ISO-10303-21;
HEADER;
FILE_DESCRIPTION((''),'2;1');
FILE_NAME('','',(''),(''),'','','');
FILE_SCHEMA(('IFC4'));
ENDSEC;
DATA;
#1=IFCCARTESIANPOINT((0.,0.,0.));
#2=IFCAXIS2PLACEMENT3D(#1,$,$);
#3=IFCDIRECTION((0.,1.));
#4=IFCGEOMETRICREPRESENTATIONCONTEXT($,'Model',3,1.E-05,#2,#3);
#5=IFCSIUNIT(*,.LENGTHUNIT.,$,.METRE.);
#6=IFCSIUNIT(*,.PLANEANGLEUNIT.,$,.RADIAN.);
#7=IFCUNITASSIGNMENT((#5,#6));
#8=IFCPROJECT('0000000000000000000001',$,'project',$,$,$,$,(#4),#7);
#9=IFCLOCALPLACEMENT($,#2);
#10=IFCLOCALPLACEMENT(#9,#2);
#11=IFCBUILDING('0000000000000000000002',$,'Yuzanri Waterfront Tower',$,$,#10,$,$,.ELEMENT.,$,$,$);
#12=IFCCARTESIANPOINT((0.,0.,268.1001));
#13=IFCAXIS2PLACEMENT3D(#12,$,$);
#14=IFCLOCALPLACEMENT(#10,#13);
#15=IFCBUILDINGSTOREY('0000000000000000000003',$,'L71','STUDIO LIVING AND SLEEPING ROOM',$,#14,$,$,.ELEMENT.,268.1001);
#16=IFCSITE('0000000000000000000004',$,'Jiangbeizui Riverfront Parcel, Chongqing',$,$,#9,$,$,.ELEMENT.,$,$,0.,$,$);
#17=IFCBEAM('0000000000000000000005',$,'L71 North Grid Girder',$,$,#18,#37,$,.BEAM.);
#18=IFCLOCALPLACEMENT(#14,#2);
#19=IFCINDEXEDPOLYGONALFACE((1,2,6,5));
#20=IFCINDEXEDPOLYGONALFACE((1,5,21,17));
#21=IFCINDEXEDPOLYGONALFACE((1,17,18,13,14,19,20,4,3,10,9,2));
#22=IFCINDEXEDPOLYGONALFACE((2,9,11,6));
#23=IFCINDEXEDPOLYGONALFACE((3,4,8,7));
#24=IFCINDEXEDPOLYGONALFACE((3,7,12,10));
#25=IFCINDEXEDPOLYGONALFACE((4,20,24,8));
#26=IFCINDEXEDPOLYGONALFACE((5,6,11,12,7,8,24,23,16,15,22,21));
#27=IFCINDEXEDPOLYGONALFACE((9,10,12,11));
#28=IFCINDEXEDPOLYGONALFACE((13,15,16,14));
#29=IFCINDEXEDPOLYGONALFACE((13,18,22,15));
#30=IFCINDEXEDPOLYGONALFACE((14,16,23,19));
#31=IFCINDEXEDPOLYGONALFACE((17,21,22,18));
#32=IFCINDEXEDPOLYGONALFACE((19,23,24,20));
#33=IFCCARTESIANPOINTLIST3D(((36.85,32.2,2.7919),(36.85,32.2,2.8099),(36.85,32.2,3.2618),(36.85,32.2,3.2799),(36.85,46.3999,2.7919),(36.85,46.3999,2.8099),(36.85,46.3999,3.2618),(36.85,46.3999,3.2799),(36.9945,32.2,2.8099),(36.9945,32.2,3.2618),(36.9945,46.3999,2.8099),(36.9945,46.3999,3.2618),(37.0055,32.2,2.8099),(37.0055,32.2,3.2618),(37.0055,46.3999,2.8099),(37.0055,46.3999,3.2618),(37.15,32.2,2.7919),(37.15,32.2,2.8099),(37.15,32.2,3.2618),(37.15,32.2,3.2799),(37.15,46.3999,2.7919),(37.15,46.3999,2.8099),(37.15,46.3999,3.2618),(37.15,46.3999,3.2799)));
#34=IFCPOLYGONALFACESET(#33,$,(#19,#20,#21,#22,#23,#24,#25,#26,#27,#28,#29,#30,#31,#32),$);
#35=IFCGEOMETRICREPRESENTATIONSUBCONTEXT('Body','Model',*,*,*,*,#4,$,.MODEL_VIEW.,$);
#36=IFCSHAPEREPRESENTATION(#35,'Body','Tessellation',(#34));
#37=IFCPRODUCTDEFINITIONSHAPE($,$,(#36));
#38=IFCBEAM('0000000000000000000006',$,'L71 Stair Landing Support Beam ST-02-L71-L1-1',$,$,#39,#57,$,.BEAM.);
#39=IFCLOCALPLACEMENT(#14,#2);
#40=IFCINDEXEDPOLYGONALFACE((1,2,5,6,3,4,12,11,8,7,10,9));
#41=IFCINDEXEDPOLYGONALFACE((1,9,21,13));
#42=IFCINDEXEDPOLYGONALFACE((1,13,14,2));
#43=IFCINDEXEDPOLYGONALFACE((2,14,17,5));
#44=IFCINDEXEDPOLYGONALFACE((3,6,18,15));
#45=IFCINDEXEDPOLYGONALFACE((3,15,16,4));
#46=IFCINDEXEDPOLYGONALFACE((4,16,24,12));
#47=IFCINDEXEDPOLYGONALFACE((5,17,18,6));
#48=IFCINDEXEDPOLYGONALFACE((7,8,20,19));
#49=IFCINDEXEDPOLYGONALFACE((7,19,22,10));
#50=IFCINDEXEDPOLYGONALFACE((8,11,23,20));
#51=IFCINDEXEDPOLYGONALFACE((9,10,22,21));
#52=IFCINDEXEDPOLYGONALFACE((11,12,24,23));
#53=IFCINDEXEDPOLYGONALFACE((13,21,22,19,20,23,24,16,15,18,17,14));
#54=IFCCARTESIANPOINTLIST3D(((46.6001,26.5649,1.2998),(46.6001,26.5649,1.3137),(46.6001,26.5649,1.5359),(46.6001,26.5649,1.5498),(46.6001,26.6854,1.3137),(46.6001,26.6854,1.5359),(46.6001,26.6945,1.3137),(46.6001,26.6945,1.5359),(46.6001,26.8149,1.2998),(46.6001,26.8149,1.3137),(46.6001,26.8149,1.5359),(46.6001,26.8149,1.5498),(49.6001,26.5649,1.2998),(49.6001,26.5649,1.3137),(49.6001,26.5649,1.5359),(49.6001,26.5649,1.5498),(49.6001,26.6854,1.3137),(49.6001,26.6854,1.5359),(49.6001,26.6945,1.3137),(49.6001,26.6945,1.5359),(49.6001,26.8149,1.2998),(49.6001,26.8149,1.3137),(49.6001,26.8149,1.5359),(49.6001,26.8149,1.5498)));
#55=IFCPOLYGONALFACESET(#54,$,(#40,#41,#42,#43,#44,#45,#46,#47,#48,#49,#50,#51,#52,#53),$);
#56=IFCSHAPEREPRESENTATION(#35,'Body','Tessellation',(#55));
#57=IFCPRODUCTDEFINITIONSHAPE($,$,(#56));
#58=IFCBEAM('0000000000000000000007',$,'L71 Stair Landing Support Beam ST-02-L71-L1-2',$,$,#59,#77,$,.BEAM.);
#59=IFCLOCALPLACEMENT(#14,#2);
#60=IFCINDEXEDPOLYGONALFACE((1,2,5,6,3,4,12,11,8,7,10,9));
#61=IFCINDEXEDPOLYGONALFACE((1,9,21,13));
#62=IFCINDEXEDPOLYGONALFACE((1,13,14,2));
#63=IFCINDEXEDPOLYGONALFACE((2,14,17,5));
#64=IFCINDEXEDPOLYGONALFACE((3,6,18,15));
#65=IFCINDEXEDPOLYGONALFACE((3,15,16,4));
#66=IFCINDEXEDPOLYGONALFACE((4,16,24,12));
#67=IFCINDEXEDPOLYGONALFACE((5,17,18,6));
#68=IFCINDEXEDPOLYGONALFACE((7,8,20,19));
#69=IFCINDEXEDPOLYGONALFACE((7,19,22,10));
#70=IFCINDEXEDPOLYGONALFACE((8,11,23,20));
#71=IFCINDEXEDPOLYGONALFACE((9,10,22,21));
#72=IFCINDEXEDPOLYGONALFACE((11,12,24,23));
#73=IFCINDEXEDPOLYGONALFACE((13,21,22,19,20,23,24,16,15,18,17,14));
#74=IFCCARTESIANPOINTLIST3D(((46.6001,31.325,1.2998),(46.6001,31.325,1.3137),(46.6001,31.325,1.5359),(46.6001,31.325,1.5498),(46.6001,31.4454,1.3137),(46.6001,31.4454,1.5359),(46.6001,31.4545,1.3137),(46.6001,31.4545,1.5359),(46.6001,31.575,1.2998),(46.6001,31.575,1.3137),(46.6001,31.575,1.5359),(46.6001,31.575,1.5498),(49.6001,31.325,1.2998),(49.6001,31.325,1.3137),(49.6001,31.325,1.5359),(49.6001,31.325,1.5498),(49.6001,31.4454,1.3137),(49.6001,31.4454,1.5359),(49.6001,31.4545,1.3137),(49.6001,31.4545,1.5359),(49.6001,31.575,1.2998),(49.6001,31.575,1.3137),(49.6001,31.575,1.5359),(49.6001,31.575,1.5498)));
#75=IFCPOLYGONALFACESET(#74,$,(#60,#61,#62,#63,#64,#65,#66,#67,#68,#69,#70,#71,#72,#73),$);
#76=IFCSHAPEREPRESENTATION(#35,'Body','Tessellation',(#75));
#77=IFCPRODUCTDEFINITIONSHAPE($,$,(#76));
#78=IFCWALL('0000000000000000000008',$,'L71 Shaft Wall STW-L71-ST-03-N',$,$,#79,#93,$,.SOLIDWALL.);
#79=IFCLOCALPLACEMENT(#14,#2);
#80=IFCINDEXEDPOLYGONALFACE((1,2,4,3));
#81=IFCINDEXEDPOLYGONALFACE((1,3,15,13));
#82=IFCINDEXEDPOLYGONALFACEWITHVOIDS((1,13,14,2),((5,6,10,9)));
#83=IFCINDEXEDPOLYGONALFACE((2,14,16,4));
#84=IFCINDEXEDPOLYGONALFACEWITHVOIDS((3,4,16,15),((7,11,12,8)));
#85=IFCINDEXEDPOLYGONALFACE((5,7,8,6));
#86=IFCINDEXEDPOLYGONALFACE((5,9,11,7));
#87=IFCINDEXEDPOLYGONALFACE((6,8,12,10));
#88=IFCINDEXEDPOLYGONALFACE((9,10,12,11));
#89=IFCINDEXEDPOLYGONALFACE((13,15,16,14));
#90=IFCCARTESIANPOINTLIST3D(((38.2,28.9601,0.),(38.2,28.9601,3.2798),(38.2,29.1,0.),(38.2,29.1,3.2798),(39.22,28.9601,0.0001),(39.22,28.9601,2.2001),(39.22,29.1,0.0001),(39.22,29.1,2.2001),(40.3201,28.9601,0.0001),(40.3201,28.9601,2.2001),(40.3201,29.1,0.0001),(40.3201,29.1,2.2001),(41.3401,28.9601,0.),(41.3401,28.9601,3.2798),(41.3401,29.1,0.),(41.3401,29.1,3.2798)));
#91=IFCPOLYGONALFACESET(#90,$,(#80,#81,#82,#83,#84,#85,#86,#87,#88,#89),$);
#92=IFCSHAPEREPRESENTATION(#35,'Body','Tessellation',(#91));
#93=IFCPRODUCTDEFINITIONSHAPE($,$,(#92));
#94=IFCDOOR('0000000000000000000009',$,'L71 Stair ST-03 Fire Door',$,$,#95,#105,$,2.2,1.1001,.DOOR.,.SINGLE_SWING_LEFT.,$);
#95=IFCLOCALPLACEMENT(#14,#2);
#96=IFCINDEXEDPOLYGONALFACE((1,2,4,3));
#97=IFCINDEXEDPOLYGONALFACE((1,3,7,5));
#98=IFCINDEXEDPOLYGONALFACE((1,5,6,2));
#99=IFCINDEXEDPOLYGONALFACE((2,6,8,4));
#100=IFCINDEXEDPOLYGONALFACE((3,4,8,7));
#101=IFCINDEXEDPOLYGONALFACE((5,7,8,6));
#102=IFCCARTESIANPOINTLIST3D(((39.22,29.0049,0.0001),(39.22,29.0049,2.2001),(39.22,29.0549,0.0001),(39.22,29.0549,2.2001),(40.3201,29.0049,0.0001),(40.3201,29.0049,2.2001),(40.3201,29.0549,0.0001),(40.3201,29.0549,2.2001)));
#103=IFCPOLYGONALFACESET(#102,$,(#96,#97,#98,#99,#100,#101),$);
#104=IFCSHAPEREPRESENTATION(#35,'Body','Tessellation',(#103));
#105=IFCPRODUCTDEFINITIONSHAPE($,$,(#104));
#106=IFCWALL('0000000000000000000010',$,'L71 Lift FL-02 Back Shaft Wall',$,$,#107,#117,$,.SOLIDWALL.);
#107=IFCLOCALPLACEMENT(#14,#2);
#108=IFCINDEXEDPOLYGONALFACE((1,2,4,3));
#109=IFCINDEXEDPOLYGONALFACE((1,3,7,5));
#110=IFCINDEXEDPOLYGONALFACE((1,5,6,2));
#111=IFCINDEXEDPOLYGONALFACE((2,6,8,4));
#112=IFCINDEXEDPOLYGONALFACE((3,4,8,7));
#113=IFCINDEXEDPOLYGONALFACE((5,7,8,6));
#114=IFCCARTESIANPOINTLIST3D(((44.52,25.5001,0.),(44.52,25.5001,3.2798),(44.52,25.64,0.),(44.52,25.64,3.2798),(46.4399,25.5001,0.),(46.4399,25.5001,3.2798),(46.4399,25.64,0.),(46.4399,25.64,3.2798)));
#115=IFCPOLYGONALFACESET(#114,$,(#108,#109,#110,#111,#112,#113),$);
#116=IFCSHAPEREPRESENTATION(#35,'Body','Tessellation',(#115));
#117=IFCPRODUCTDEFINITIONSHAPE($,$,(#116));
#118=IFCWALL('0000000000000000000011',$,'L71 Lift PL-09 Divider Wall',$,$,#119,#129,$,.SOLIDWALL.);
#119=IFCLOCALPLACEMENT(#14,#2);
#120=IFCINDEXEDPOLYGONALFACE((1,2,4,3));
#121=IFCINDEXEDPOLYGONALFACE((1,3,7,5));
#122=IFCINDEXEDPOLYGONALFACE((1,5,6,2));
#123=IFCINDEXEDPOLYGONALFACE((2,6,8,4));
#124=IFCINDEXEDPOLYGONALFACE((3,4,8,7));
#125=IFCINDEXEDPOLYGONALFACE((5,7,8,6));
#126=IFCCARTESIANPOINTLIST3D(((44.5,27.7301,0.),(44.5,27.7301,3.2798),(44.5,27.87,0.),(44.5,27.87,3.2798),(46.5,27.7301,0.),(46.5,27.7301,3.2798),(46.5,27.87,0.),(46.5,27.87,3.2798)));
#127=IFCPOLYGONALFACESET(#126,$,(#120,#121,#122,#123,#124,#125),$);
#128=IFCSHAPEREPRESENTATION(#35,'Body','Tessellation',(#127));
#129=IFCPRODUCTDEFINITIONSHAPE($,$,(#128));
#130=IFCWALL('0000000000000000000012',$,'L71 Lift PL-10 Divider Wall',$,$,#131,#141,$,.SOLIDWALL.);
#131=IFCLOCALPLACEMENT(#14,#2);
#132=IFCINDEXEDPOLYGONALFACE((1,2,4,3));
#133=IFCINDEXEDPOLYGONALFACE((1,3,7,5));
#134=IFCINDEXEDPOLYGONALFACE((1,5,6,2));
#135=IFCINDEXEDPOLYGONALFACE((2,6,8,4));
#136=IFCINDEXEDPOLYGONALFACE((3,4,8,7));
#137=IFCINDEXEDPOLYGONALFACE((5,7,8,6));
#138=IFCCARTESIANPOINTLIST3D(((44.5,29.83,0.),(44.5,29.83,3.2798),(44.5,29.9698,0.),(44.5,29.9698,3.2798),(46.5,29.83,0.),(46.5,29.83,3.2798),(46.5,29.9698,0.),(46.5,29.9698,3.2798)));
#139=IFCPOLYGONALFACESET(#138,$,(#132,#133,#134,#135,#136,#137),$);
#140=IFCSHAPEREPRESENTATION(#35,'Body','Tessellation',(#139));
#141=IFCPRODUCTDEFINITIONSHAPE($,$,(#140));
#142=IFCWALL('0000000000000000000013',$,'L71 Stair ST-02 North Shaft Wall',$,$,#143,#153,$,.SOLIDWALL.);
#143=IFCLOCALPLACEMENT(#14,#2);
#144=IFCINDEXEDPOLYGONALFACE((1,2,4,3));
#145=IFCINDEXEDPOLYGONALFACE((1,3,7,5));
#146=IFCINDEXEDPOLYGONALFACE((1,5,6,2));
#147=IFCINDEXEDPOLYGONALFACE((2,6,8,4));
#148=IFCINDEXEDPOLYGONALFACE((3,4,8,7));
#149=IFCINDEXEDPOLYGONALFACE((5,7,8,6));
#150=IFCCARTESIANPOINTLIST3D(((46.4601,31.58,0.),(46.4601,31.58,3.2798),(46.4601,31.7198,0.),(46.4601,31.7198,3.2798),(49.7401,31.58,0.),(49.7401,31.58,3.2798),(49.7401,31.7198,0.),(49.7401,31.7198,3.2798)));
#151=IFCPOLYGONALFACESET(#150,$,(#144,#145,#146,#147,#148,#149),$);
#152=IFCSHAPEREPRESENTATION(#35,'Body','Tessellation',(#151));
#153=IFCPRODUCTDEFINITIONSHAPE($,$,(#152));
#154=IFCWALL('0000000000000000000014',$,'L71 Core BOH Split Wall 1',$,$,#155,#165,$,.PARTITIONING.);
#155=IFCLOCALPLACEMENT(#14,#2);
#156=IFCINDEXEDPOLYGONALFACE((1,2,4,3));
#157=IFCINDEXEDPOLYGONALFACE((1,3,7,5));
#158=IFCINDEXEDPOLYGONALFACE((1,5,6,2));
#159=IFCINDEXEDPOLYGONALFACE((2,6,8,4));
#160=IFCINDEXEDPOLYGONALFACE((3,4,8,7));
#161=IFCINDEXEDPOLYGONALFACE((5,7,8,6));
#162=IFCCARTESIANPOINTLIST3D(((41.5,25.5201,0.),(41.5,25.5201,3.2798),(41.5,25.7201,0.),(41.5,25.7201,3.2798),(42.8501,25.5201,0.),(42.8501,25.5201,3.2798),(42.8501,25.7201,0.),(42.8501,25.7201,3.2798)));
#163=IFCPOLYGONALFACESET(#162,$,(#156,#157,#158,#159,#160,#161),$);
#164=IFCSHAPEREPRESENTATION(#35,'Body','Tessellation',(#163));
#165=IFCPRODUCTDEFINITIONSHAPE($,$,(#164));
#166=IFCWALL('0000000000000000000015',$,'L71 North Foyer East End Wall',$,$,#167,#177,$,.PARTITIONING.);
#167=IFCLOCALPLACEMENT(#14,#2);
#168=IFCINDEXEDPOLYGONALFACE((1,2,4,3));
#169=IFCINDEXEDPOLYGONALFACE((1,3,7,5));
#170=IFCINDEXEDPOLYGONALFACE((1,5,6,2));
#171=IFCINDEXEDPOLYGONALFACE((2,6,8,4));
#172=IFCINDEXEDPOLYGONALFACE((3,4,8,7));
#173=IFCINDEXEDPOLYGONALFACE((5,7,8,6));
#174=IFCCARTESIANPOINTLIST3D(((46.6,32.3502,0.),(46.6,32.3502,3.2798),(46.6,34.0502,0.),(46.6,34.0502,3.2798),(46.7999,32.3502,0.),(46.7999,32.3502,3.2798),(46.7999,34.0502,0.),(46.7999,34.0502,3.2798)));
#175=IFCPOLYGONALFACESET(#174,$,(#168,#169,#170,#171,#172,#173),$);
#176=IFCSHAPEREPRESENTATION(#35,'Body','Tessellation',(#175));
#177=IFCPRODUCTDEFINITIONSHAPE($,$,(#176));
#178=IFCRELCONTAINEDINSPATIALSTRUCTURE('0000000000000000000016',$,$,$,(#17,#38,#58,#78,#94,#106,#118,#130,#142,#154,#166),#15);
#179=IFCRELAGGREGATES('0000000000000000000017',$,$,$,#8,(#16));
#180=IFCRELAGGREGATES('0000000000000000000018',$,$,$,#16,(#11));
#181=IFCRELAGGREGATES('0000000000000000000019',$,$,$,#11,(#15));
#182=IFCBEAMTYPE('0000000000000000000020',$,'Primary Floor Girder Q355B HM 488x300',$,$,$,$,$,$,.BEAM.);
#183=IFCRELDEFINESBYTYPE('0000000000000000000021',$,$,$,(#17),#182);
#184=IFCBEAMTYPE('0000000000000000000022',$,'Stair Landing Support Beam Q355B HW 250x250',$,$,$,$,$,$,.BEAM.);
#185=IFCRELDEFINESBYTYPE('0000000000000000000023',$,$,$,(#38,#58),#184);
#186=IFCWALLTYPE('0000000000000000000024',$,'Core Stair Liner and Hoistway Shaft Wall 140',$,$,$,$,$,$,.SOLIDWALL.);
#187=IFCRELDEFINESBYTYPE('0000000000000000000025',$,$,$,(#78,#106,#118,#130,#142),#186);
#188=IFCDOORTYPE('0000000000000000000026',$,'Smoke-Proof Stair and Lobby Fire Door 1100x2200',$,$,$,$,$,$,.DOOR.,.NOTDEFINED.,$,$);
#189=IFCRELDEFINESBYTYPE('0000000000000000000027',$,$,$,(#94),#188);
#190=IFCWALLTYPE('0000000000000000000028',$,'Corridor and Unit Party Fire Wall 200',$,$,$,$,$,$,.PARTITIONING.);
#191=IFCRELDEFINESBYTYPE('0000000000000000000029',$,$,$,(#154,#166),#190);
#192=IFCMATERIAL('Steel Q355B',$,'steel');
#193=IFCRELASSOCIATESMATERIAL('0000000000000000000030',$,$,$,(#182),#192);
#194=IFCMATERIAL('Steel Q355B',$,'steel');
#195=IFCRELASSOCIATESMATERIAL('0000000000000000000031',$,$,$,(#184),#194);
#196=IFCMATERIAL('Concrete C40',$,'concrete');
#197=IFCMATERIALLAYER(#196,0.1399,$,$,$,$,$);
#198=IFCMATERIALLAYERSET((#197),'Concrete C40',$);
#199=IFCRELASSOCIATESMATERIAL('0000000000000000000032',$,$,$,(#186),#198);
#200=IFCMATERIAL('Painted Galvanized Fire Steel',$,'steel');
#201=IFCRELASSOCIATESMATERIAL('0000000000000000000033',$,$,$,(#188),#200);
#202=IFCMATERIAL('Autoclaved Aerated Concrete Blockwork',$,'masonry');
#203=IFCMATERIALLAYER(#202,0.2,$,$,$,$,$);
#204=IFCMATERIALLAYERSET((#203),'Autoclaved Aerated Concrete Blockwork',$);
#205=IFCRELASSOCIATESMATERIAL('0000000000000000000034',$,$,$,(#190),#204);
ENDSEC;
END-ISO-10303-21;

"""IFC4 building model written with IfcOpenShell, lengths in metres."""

from ifc_helpers import new_model, si_unit, direction, frame, frame_2d, origin, origin_2d, place, context, subcontext, project, spatial, rectangle, i_section, extrude, source, transform, mapped, material, layer, layer_set, material_profile, profile_set, type_object, element, fill, save


model = new_model("IFC4")

# Units and contexts
model_context = context("Model", 3, precision=1e-05, world=origin(), true_north=direction((0.0, 1.0)))
body_context = subcontext(model_context, "Body", "Model", "MODEL_VIEW")
ifc_project = project(units=[si_unit("LENGTHUNIT", "METRE"), si_unit("PLANEANGLEUNIT", "RADIAN")], contexts=[model_context])

# Site, building, storey
site_placement = place(None, origin())
site = spatial("IfcSite", under=ifc_project, at=site_placement, Name="Jiangbeizui Riverfront Parcel, Chongqing", CompositionType="ELEMENT", RefElevation=0.0)
building_placement = place(site_placement, origin())
building = spatial("IfcBuilding", under=site, at=building_placement, Name="Yuzanri Waterfront Tower", CompositionType="ELEMENT")
storey_placement = place(building_placement, frame((0.0, 0.0, 268.1001)))
storey = spatial("IfcBuildingStorey", under=building, at=storey_placement, Name="L71", Description="STUDIO LIVING AND SLEEPING ROOM", CompositionType="ELEMENT", Elevation=268.1001)

# Beams
ifc_material_1 = material(Name="Steel Q355B", Category="steel")
ifc_material_profile_1 = material_profile(ifc_material_1, i_section(OverallWidth=0.3, OverallDepth=0.488, WebThickness=0.011, FlangeThickness=0.0181, at=origin_2d()), Name="HM 488x300x11x18")
ifc_profile_set_1 = profile_set([ifc_material_profile_1], Name="Steel Q355B")
beam_type_1 = type_object("IfcBeamType", Name="Primary Floor Girder Q355B HM 488x300", PredefinedType="BEAM", material=ifc_profile_set_1)
shared_shape_1 = source(origin(), body_context, "Body", "SweptSolid", [
    extrude(i_section(OverallWidth=0.3, OverallDepth=0.488, WebThickness=0.011, FlangeThickness=0.0181, at=origin_2d()), origin(), (0.0, 0.0, 1.0), 14.2),
])
beam_placement = place(storey_placement, frame((37.0, 32.2, 3.0359), z_axis=(0.0, 1.0, 0.0), x_axis=(-1.0, 0.0, 0.0)))
element("IfcBeam", 1, at=beam_placement, inside=storey, type_object=beam_type_1, Name="L71 North Grid Girder", PredefinedType="BEAM", context=body_context, shape_type="MappedRepresentation", body=[
    mapped(shared_shape_1, transform((0.0, 0.0, 0.0), scale=1.0)),
])
ifc_material_2 = material(Name="Steel Q355B", Category="steel")
ifc_material_profile_2 = material_profile(ifc_material_2, i_section(OverallWidth=0.25, OverallDepth=0.25, WebThickness=0.009, FlangeThickness=0.0139, at=origin_2d()), Name="HW 250x250x9x14")
ifc_profile_set_2 = profile_set([ifc_material_profile_2], Name="Steel Q355B")
beam_type_2 = type_object("IfcBeamType", Name="Stair Landing Support Beam Q355B HW 250x250", PredefinedType="BEAM", material=ifc_profile_set_2)
shared_shape_2 = source(origin(), body_context, "Body", "SweptSolid", [
    extrude(i_section(OverallWidth=0.25, OverallDepth=0.25, WebThickness=0.009, FlangeThickness=0.0139, at=origin_2d()), origin(), (0.0, 0.0, 1.0), 3.0),
])
for number, where, z_axis, x_axis, name in (
    (2, (46.6001, 26.6899, 1.4248), (1.0, 0.0, 0.0), (0.0, 1.0, 0.0), "L71 Stair Landing Support Beam ST-02-L71-L1-1"),
    (3, (46.6001, 31.45, 1.4248), (1.0, 0.0, 0.0), (0.0, 1.0, 0.0), "L71 Stair Landing Support Beam ST-02-L71-L1-2"),
):
    element("IfcBeam", number, at=place(storey_placement, frame(where, z_axis=z_axis, x_axis=x_axis)), inside=storey, type_object=beam_type_2, Name=name, PredefinedType="BEAM", context=body_context, shape_type="MappedRepresentation", body=[
        mapped(shared_shape_2, transform((0.0, 0.0, 0.0), scale=1.0)),
    ])

# Wall, opening, door
ifc_material_3 = material(Name="Concrete C40", Category="concrete")
ifc_layer_1 = layer(ifc_material_3, 0.1399)
ifc_layer_set_1 = layer_set([ifc_layer_1], Name="Concrete C40")
wall_type_1 = type_object("IfcWallType", Name="Core Stair Liner and Hoistway Shaft Wall 140", PredefinedType="SOLIDWALL", material=ifc_layer_set_1)
wall_1_placement = place(storey_placement, frame((38.2, 29.03, 0.0), z_axis=(0.0, 0.0, 1.0), x_axis=(1.0, 0.0, 0.0)))
wall_1 = element("IfcWall", 4, at=wall_1_placement, inside=storey, type_object=wall_type_1, Name="L71 Shaft Wall STW-L71-ST-03-N", PredefinedType="SOLIDWALL", context=body_context, shape_type="SweptSolid", body=[
    extrude(rectangle(XDim=3.1401, YDim=0.1399, at=frame_2d((1.5701, 0.0))), origin(), (0.0, 0.0, 1.0), 3.2798),
])
opening_1_placement = place(wall_1_placement, frame((1.02, 0.0, 0.0)))
opening_1 = element("IfcOpeningElement", 5, at=opening_1_placement, cuts=wall_1, PredefinedType="OPENING", context=body_context, shape_type="SweptSolid", body=[
    extrude(rectangle(XDim=1.1001, YDim=2.2, at=frame_2d((0.55, 1.1001))), frame((0.0, 0.085, 0.0), z_axis=(0.0, -1.0, 0.0), x_axis=(1.0, 0.0, 0.0)), (0.0, 0.0, 1.0), 0.1697),
])
ifc_material_4 = material(Name="Painted Galvanized Fire Steel", Category="steel")
door_type_1 = type_object("IfcDoorType", Name="Smoke-Proof Stair and Lobby Fire Door 1100x2200", OperationType="NOTDEFINED", PredefinedType="DOOR", material=ifc_material_4)
shared_shape_3 = source(origin(), body_context, "Body", "SweptSolid", [
    extrude(rectangle(XDim=1.1001, YDim=2.2, at=frame_2d((0.55, 1.1001))), frame((0.0, 0.0249, 0.0), z_axis=(0.0, -1.0, 0.0), x_axis=(1.0, 0.0, 0.0)), (0.0, 0.0, 1.0), 0.05),
])
door_1_placement = place(opening_1_placement, origin())
door_1 = element("IfcDoor", 6, at=door_1_placement, inside=storey, type_object=door_type_1, Name="L71 Stair ST-03 Fire Door", OperationType="SINGLE_SWING_LEFT", OverallHeight=2.2, OverallWidth=1.1001, PredefinedType="DOOR", context=body_context, shape_type="MappedRepresentation", body=[
    mapped(shared_shape_3, transform((0.0, 0.0, 0.0), scale=1.0)),
])
fill(opening_1, door_1)
ifc_material_5 = material(Name="Autoclaved Aerated Concrete Blockwork", Category="masonry")
ifc_layer_2 = layer(ifc_material_5, 0.2)
ifc_layer_set_2 = layer_set([ifc_layer_2], Name="Autoclaved Aerated Concrete Blockwork")
wall_type_2 = type_object("IfcWallType", Name="Corridor and Unit Party Fire Wall 200", PredefinedType="PARTITIONING", material=ifc_layer_set_2)

# Walls
shared_shape_4 = source(origin(), body_context, "Body", "SweptSolid", [
    extrude(rectangle(XDim=1.9199, YDim=0.1399, at=frame_2d((0.96, 0.0))), origin(), (0.0, 0.0, 1.0), 3.2798),
])
wall_2_placement = place(storey_placement, frame((44.52, 25.5701, 0.0), z_axis=(0.0, 0.0, 1.0), x_axis=(1.0, 0.0, 0.0)))
element("IfcWall", 7, at=wall_2_placement, inside=storey, type_object=wall_type_1, Name="L71 Lift FL-02 Back Shaft Wall", PredefinedType="SOLIDWALL", context=body_context, shape_type="MappedRepresentation", body=[
    mapped(shared_shape_4, transform((0.0, 0.0, 0.0), scale=1.0)),
])
shared_shape_5 = source(origin(), body_context, "Body", "SweptSolid", [
    extrude(rectangle(XDim=2.0, YDim=0.1399, at=frame_2d((1.0, 0.0))), origin(), (0.0, 0.0, 1.0), 3.2798),
])
for number, where, z_axis, x_axis, name in (
    (8, (44.5, 27.8, 0.0), (0.0, 0.0, 1.0), (1.0, 0.0, 0.0), "L71 Lift PL-09 Divider Wall"),
    (9, (44.5, 29.8999, 0.0), (0.0, 0.0, 1.0), (1.0, 0.0, 0.0), "L71 Lift PL-10 Divider Wall"),
):
    element("IfcWall", number, at=place(storey_placement, frame(where, z_axis=z_axis, x_axis=x_axis)), inside=storey, type_object=wall_type_1, Name=name, PredefinedType="SOLIDWALL", context=body_context, shape_type="MappedRepresentation", body=[
        mapped(shared_shape_5, transform((0.0, 0.0, 0.0), scale=1.0)),
    ])
shared_shape_6 = source(origin(), body_context, "Body", "SweptSolid", [
    extrude(rectangle(XDim=3.28, YDim=0.1399, at=frame_2d((1.6401, 0.0))), origin(), (0.0, 0.0, 1.0), 3.2798),
])
wall_3_placement = place(storey_placement, frame((46.46, 31.6499, 0.0), z_axis=(0.0, 0.0, 1.0), x_axis=(1.0, 0.0, 0.0)))
element("IfcWall", 10, at=wall_3_placement, inside=storey, type_object=wall_type_1, Name="L71 Stair ST-02 North Shaft Wall", PredefinedType="SOLIDWALL", context=body_context, shape_type="MappedRepresentation", body=[
    mapped(shared_shape_6, transform((0.0, 0.0, 0.0), scale=1.0)),
])
shared_shape_7 = source(origin(), body_context, "Body", "SweptSolid", [
    extrude(rectangle(XDim=1.3501, YDim=0.2, at=frame_2d((0.675, 0.0))), origin(), (0.0, 0.0, 1.0), 3.2798),
])
wall_4_placement = place(storey_placement, frame((41.5, 25.6201, 0.0), z_axis=(0.0, 0.0, 1.0), x_axis=(1.0, 0.0, 0.0)))
element("IfcWall", 11, at=wall_4_placement, inside=storey, type_object=wall_type_2, Name="L71 Core BOH Split Wall 1", PredefinedType="PARTITIONING", context=body_context, shape_type="MappedRepresentation", body=[
    mapped(shared_shape_7, transform((0.0, 0.0, 0.0), scale=1.0)),
])
shared_shape_8 = source(origin(), body_context, "Body", "SweptSolid", [
    extrude(rectangle(XDim=1.7, YDim=0.2, at=frame_2d((0.8501, 0.0))), origin(), (0.0, 0.0, 1.0), 3.2798),
])
wall_5_placement = place(storey_placement, frame((46.7, 32.3501, 0.0), z_axis=(0.0, 0.0, 1.0), x_axis=(0.0, 1.0, 0.0)))
element("IfcWall", 12, at=wall_5_placement, inside=storey, type_object=wall_type_2, Name="L71 North Foyer East End Wall", PredefinedType="PARTITIONING", context=body_context, shape_type="MappedRepresentation", body=[
    mapped(shared_shape_8, transform((0.0, 0.0, 0.0), scale=1.0)),
])

save(model, "model.ifc")
